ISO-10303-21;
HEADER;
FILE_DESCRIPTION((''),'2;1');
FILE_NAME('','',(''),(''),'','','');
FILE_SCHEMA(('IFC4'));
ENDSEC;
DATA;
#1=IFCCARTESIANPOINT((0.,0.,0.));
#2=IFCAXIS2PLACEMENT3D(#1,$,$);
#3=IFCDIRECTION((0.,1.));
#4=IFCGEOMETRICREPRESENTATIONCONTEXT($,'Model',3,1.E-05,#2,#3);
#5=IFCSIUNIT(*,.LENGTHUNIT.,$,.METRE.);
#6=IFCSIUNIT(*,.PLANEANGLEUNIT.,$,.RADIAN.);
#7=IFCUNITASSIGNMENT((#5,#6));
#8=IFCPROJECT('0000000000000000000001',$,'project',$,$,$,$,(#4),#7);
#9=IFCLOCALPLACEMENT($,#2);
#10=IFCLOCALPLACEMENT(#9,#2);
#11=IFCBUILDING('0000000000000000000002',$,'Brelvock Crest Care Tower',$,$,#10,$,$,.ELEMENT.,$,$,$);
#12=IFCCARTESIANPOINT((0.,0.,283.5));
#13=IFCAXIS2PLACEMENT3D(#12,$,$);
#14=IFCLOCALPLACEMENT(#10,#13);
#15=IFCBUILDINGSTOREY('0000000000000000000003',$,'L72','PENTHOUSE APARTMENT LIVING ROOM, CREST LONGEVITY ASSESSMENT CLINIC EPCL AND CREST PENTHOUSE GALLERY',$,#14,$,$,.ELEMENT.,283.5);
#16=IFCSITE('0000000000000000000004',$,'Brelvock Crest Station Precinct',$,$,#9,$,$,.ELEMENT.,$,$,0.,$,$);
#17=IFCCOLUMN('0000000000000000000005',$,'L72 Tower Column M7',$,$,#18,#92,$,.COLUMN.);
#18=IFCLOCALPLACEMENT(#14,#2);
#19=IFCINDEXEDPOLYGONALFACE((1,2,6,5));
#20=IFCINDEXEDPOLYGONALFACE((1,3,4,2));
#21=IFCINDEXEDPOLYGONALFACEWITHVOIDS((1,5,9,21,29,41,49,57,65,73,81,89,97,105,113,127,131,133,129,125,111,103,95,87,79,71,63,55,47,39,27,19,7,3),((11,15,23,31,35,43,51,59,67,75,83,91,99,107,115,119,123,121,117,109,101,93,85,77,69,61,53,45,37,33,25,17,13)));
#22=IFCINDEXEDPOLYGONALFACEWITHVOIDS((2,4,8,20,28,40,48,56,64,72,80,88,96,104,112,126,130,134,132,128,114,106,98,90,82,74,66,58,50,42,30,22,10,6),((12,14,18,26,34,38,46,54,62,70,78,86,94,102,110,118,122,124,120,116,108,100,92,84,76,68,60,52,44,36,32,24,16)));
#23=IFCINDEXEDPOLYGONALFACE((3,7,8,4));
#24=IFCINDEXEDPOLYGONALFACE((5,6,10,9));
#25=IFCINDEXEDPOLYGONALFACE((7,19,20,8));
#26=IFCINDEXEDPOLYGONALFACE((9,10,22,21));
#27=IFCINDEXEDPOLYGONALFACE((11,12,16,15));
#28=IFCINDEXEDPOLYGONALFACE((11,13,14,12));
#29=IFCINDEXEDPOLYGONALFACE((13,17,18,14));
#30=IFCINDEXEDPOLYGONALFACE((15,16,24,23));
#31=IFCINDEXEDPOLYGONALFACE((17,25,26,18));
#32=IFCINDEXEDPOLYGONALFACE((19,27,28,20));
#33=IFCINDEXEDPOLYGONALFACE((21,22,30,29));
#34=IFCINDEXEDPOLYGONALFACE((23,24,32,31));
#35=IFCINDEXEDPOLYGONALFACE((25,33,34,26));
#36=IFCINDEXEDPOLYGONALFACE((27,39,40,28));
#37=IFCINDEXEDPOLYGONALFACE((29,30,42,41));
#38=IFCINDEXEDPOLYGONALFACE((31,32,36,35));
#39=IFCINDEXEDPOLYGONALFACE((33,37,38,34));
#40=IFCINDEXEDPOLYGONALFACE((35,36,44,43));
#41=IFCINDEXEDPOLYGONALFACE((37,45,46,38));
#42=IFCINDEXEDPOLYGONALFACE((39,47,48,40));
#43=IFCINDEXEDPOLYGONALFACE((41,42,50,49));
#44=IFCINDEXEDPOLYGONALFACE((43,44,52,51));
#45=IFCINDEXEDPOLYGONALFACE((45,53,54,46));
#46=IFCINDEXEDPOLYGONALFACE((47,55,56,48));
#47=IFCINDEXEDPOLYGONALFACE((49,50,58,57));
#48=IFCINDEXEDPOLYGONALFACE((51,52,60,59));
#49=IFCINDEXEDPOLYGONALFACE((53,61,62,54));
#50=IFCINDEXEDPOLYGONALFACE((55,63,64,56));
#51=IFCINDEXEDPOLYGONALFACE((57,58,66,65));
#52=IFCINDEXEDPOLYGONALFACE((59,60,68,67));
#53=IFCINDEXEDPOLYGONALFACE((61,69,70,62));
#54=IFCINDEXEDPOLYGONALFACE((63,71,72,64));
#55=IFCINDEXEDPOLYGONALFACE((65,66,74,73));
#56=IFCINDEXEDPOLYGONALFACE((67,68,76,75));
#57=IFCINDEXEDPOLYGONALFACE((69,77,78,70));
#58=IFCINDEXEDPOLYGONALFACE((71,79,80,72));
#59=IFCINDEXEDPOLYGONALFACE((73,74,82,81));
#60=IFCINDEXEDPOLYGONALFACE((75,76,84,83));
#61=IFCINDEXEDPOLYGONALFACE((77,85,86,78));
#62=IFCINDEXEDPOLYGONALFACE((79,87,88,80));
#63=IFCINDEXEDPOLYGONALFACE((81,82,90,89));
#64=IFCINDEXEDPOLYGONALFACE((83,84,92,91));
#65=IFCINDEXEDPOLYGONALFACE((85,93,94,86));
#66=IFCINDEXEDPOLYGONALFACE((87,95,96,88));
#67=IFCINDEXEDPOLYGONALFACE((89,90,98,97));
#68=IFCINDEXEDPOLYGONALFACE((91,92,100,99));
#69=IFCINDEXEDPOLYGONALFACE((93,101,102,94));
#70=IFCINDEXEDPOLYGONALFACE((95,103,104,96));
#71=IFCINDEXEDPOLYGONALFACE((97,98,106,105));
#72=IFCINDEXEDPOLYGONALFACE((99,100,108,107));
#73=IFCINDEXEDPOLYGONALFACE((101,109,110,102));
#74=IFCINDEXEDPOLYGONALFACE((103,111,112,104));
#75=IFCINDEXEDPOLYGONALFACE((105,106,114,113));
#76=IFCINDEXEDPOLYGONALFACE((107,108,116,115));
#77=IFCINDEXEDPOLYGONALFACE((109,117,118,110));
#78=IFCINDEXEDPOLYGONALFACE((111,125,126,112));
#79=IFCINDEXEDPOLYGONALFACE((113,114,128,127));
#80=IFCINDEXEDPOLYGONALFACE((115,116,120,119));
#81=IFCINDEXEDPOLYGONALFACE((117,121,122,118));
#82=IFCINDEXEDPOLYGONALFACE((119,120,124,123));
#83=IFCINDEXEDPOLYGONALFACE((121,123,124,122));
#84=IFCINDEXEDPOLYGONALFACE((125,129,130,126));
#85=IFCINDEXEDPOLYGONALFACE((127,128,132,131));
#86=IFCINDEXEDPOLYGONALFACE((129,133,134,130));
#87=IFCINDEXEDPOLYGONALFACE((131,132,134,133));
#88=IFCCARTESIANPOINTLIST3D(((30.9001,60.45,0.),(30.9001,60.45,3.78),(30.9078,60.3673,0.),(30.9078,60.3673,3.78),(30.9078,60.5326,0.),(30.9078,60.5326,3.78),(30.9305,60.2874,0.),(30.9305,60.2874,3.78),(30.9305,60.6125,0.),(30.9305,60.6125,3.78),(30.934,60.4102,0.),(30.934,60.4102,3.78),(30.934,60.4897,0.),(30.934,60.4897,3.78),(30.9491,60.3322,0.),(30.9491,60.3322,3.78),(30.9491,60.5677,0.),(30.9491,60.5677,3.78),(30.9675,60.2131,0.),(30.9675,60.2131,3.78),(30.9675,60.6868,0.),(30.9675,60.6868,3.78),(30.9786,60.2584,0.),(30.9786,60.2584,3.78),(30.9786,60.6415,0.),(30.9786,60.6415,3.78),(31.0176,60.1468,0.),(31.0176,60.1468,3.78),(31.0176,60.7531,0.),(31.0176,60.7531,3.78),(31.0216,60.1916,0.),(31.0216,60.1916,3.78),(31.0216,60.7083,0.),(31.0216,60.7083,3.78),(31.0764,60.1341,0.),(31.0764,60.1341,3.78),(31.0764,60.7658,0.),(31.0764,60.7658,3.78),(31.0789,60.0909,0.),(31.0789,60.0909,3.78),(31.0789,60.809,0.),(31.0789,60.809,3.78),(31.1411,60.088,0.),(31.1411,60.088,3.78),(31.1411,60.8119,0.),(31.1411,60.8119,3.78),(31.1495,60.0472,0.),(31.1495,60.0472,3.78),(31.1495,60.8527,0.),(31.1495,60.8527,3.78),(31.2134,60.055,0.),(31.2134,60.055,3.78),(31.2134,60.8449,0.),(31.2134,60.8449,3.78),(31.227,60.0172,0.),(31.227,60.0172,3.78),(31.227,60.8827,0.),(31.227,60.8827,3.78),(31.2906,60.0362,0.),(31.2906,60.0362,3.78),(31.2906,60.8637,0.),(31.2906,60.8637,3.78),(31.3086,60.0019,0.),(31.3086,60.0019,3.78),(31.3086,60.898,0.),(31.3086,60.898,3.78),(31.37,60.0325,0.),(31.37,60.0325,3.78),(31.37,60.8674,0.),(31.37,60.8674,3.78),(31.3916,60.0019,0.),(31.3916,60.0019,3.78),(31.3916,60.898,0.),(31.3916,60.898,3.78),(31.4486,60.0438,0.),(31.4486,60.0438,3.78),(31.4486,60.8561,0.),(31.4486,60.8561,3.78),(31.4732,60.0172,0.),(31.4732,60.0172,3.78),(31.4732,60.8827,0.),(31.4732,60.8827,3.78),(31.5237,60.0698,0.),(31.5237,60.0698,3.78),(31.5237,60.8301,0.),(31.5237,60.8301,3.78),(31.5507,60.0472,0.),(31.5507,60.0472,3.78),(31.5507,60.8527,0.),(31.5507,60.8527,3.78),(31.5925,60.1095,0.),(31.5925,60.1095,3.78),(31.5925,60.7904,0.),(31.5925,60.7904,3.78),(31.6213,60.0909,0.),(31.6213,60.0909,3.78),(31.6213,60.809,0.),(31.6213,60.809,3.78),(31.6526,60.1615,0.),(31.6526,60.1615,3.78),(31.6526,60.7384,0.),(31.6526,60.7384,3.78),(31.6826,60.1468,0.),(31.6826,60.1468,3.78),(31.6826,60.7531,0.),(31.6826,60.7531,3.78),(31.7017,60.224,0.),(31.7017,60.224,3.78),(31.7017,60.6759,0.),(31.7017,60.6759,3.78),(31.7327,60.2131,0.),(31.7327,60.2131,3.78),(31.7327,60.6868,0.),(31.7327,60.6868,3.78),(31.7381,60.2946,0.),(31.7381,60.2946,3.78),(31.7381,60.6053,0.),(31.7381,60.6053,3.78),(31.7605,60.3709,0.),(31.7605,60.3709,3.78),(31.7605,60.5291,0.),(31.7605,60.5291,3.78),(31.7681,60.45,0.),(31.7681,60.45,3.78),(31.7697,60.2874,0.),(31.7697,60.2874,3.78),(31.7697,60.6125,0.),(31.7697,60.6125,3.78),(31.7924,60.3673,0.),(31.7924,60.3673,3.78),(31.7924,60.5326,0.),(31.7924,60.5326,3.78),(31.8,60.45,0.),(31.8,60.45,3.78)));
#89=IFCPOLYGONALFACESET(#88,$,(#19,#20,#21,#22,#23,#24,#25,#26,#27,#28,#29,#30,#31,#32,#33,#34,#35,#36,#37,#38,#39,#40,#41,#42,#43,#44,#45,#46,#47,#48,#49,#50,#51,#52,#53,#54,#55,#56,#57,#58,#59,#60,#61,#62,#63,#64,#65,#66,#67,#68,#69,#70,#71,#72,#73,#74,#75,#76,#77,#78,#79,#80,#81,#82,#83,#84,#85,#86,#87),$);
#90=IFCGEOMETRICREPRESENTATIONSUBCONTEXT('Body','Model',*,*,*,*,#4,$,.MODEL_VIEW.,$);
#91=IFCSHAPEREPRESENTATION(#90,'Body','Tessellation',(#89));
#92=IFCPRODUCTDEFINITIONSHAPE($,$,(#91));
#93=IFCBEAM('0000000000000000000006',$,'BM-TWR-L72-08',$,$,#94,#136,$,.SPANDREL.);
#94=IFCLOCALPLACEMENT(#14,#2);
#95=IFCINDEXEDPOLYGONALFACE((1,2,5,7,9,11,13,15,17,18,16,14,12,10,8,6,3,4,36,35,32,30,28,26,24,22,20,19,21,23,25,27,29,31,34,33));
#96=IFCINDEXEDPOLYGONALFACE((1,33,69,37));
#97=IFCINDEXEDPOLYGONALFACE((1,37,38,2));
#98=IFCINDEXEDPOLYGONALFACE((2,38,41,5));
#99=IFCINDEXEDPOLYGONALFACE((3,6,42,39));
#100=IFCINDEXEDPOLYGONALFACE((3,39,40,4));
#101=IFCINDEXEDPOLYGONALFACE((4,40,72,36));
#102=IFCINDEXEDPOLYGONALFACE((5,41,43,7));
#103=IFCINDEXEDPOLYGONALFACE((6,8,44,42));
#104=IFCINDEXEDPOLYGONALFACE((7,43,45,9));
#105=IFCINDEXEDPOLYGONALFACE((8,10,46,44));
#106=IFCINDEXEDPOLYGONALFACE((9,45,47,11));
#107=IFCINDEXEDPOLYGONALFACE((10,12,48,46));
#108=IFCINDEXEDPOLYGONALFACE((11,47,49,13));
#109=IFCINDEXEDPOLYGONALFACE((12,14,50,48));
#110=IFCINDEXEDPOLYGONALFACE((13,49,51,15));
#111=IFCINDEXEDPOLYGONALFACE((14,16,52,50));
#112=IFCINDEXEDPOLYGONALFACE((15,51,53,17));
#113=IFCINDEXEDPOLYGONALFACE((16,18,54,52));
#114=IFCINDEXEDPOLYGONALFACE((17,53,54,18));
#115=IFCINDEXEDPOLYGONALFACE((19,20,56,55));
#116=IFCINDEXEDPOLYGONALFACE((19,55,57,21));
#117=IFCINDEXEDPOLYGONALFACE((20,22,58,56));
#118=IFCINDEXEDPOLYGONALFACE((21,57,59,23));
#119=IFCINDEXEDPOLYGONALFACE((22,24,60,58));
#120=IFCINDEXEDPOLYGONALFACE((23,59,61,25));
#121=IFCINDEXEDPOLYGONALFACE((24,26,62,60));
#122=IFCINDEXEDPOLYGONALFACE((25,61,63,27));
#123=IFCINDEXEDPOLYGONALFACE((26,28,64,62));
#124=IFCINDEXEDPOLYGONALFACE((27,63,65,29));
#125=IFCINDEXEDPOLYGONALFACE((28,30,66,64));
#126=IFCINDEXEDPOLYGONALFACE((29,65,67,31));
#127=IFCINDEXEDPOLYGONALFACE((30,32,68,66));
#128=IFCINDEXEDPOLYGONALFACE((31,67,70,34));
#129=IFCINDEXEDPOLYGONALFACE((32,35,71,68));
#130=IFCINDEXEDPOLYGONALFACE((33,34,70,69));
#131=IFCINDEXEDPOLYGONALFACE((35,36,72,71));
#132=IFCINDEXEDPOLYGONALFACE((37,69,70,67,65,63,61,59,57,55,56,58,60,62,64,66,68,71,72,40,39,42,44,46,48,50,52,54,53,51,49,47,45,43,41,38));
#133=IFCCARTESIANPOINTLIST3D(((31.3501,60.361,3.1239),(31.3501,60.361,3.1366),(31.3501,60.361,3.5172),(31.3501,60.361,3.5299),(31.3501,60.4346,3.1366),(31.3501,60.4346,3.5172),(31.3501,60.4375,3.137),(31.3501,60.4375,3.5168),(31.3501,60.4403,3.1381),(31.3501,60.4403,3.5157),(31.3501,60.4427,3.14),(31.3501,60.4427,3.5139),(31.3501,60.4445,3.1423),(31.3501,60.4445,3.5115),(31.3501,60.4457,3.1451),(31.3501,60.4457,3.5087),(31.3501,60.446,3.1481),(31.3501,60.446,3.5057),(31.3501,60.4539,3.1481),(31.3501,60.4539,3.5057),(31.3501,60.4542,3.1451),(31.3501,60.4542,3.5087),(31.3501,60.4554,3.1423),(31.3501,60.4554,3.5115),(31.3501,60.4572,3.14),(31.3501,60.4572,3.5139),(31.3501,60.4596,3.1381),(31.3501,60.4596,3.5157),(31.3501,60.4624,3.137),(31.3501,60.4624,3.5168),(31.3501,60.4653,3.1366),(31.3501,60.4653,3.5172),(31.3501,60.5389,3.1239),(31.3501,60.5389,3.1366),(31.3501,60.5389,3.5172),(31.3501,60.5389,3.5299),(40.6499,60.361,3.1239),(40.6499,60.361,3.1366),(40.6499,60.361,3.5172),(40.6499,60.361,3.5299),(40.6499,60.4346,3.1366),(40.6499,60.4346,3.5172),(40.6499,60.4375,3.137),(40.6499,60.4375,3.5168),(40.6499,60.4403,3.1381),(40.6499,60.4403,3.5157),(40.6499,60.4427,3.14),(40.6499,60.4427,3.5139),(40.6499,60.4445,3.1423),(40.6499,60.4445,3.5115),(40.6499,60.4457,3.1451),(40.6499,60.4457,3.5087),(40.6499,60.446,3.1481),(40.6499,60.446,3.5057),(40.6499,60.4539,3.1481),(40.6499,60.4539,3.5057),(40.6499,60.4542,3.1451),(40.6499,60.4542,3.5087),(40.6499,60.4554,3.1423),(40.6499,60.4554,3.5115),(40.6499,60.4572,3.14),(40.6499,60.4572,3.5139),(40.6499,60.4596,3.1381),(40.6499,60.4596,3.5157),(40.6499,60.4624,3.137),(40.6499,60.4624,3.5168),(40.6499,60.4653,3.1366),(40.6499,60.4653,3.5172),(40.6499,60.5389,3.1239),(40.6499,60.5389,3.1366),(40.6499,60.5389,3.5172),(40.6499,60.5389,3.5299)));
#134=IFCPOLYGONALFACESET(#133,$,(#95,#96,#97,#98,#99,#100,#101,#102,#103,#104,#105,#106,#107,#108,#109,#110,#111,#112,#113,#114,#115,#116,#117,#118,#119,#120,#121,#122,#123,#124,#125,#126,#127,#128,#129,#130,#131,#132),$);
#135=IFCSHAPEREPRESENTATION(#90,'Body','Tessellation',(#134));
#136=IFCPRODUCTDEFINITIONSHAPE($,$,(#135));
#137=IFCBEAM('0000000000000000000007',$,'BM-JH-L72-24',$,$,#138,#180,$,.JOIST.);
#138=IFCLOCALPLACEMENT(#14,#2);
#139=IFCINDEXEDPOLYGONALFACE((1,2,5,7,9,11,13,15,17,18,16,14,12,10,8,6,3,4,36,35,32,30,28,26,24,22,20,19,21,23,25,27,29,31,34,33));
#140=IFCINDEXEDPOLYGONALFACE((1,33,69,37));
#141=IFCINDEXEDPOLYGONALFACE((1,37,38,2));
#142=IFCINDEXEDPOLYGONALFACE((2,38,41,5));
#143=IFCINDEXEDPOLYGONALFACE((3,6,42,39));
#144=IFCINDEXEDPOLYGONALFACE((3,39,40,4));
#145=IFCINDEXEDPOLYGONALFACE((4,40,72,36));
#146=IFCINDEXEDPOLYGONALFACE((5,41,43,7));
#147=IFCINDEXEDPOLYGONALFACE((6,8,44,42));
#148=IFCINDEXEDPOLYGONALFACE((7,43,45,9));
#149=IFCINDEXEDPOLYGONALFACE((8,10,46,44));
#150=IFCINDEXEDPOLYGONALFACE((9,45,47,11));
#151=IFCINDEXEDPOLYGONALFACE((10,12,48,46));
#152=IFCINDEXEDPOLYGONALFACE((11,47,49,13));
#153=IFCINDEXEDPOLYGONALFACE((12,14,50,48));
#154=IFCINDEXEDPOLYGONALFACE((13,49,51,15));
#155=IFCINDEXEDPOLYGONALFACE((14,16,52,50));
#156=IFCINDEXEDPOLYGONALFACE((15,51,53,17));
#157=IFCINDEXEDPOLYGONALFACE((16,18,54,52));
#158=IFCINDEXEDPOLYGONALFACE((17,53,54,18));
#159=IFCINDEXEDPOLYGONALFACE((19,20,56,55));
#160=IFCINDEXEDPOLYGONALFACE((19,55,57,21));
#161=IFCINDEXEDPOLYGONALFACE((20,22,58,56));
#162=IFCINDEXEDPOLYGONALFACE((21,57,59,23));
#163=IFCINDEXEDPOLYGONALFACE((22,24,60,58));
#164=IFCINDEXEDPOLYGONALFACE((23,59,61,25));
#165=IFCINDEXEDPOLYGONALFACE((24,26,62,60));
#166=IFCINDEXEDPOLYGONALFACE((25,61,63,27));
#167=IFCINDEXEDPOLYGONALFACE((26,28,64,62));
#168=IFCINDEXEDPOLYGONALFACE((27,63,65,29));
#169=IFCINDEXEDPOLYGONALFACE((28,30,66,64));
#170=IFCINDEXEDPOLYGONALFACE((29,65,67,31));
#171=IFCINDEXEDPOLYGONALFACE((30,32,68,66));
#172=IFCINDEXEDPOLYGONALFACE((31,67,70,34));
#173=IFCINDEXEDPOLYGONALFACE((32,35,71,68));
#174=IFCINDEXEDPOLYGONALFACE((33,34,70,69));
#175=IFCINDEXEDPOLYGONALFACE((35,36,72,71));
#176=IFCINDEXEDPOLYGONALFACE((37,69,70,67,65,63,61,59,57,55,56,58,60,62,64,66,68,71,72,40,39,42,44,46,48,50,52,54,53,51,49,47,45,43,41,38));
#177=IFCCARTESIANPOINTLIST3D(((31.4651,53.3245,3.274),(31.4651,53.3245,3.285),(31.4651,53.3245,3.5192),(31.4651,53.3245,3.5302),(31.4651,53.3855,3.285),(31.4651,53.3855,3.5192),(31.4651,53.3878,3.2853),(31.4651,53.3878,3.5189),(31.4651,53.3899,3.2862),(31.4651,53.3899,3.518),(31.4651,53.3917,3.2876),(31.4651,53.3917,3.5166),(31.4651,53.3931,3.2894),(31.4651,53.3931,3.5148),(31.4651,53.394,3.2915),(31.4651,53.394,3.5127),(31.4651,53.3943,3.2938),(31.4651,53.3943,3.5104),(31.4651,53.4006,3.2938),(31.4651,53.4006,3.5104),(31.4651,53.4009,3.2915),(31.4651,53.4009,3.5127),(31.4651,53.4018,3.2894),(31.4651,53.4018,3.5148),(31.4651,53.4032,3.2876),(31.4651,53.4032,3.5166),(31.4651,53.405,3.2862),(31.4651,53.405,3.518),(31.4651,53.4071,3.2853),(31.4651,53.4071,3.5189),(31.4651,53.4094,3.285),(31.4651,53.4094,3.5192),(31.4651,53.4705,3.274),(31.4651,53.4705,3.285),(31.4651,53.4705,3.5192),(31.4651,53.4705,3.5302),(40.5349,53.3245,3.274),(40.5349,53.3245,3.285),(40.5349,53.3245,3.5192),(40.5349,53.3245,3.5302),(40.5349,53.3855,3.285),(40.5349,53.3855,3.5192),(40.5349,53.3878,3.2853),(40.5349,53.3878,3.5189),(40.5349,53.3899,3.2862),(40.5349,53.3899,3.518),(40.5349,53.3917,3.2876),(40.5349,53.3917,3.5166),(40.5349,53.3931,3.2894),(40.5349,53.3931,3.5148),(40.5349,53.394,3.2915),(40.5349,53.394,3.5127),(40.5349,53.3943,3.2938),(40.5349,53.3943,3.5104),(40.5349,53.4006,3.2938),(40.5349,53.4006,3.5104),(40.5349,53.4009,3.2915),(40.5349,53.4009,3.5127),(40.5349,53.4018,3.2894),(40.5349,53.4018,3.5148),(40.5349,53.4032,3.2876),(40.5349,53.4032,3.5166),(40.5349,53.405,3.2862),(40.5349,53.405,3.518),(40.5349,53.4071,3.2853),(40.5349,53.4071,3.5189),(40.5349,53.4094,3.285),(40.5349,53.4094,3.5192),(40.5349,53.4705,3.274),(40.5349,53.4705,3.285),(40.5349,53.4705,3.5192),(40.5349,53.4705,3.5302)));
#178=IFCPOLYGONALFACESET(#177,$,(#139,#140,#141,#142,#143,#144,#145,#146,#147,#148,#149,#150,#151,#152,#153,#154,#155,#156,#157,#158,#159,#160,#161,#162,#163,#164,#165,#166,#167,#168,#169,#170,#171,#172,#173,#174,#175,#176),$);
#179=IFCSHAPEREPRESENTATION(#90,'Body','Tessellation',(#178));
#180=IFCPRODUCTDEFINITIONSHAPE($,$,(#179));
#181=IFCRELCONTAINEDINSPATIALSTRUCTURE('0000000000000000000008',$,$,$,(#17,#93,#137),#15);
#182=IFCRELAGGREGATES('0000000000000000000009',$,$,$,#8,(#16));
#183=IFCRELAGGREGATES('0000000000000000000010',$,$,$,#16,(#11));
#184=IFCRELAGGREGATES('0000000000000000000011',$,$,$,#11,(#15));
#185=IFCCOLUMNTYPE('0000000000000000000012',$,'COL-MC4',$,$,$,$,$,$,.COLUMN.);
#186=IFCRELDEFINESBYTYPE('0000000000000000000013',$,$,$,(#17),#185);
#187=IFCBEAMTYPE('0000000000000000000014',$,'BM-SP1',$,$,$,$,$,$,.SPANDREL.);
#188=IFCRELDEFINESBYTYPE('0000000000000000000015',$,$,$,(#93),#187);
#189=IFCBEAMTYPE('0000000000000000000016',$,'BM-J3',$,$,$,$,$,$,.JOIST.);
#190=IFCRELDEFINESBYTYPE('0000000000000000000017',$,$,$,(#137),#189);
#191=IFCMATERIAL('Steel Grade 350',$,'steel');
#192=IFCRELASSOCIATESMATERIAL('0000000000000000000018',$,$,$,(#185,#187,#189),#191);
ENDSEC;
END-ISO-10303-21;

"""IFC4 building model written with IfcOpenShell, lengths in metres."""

from ifc_helpers import new_model, si_unit, direction, frame, origin, origin_2d, place, context, subcontext, project, spatial, hollow_circle, i_section, extrude, source, transform, mapped, material, material_profile, profile_set, type_object, element, save


model = new_model("IFC4")

# Units and contexts
model_context = context("Model", 3, precision=1e-05, world=origin(), true_north=direction((0.0, 1.0)))
body_context = subcontext(model_context, "Body", "Model", "MODEL_VIEW")
ifc_project = project(units=[si_unit("LENGTHUNIT", "METRE"), si_unit("PLANEANGLEUNIT", "RADIAN")], contexts=[model_context])

# Site, building, storey
site_placement = place(None, origin())
site = spatial("IfcSite", under=ifc_project, at=site_placement, Name="Brelvock Crest Station Precinct", CompositionType="ELEMENT", RefElevation=0.0)
building_placement = place(site_placement, origin())
building = spatial("IfcBuilding", under=site, at=building_placement, Name="Brelvock Crest Care Tower", CompositionType="ELEMENT")
storey_placement = place(building_placement, frame((0.0, 0.0, 283.5)))
storey = spatial("IfcBuildingStorey", under=building, at=storey_placement, Name="L72", Description="PENTHOUSE APARTMENT LIVING ROOM, CREST LONGEVITY ASSESSMENT CLINIC EPCL AND CREST PENTHOUSE GALLERY", CompositionType="ELEMENT", Elevation=283.5)

# Column
ifc_material_1 = material(Name="Steel Grade 350", Category="steel")
ifc_material_profile_1 = material_profile(ifc_material_1, hollow_circle(Radius=0.45, WallThickness=0.032, at=origin_2d()), Name="CFT900x32")
ifc_profile_set_1 = profile_set([ifc_material_profile_1], Name="Steel Grade 350")
column_type = type_object("IfcColumnType", Name="COL-MC4", PredefinedType="COLUMN", material=ifc_profile_set_1)
shared_shape_1 = source(origin(), body_context, "Body", "SweptSolid", [
    extrude(hollow_circle(Radius=0.45, WallThickness=0.032, at=origin_2d()), origin(), (0.0, 0.0, 1.0), 3.78),
])
column_placement = place(storey_placement, frame((31.3501, 60.45, 0.0), z_axis=(0.0, 0.0, 1.0), x_axis=(1.0, 0.0, 0.0)))
element("IfcColumn", 1, at=column_placement, inside=storey, type_object=column_type, Name="L72 Tower Column M7", PredefinedType="COLUMN", context=body_context, shape_type="MappedRepresentation", body=[
    mapped(shared_shape_1, transform((0.0, 0.0, 0.0), x_axis=(1.0, 0.0, 0.0), y_axis=(0.0, 1.0, 0.0), z_axis=(0.0, 0.0, 1.0), scale=1.0)),
])

# Beams
ifc_material_profile_2 = material_profile(ifc_material_1, i_section(OverallWidth=0.178, OverallDepth=0.406, WebThickness=0.0078, FlangeThickness=0.0127, FilletRadius=0.0115, at=origin_2d()), Name="410UB59.7")
ifc_profile_set_2 = profile_set([ifc_material_profile_2], Name="Steel Grade 350")
beam_type_1 = type_object("IfcBeamType", Name="BM-SP1", PredefinedType="SPANDREL", material=ifc_profile_set_2)
shared_shape_2 = source(origin(), body_context, "Body", "SweptSolid", [
    extrude(i_section(OverallWidth=0.178, OverallDepth=0.406, WebThickness=0.0078, FlangeThickness=0.0127, FilletRadius=0.0115, at=origin_2d()), origin(), (0.0, 0.0, 1.0), 9.2998),
])
beam_placement = place(storey_placement, frame((31.3501, 60.45, 3.3269), z_axis=(1.0, 0.0, 0.0), x_axis=(0.0, 1.0, 0.0)))
element("IfcBeam", 2, at=beam_placement, inside=storey, type_object=beam_type_1, Name="BM-TWR-L72-08", PredefinedType="SPANDREL", context=body_context, shape_type="MappedRepresentation", body=[
    mapped(shared_shape_2, transform((0.0, 0.0, 0.0), x_axis=(1.0, 0.0, 0.0), y_axis=(0.0, 1.0, 0.0), z_axis=(0.0, 0.0, 1.0), scale=1.0)),
])
ifc_material_profile_3 = material_profile(ifc_material_1, i_section(OverallWidth=0.146, OverallDepth=0.2561, WebThickness=0.0063, FlangeThickness=0.011, FilletRadius=0.0088, at=origin_2d()), Name="250UB37.3")
ifc_profile_set_3 = profile_set([ifc_material_profile_3], Name="Steel Grade 350")
beam_type_2 = type_object("IfcBeamType", Name="BM-J3", PredefinedType="JOIST", material=ifc_profile_set_3)
shared_shape_3 = source(origin(), body_context, "Body", "SweptSolid", [
    extrude(i_section(OverallWidth=0.146, OverallDepth=0.2561, WebThickness=0.0063, FlangeThickness=0.011, FilletRadius=0.0088, at=origin_2d()), origin(), (0.0, 0.0, 1.0), 9.0698),
])
for number, where, z_axis, x_axis, name in (
    (3, (31.4651, 53.3975, 3.4021), (1.0, 0.0, 0.0), (0.0, 1.0, 0.0), "BM-JH-L72-24"),
):
    element("IfcBeam", number, at=place(storey_placement, frame(where, z_axis=z_axis, x_axis=x_axis)), inside=storey, type_object=beam_type_2, Name=name, PredefinedType="JOIST", context=body_context, shape_type="MappedRepresentation", body=[
        mapped(shared_shape_3, transform((0.0, 0.0, 0.0), x_axis=(1.0, 0.0, 0.0), y_axis=(0.0, 1.0, 0.0), z_axis=(0.0, 0.0, 1.0), scale=1.0)),
    ])

save(model, "model.ifc")
